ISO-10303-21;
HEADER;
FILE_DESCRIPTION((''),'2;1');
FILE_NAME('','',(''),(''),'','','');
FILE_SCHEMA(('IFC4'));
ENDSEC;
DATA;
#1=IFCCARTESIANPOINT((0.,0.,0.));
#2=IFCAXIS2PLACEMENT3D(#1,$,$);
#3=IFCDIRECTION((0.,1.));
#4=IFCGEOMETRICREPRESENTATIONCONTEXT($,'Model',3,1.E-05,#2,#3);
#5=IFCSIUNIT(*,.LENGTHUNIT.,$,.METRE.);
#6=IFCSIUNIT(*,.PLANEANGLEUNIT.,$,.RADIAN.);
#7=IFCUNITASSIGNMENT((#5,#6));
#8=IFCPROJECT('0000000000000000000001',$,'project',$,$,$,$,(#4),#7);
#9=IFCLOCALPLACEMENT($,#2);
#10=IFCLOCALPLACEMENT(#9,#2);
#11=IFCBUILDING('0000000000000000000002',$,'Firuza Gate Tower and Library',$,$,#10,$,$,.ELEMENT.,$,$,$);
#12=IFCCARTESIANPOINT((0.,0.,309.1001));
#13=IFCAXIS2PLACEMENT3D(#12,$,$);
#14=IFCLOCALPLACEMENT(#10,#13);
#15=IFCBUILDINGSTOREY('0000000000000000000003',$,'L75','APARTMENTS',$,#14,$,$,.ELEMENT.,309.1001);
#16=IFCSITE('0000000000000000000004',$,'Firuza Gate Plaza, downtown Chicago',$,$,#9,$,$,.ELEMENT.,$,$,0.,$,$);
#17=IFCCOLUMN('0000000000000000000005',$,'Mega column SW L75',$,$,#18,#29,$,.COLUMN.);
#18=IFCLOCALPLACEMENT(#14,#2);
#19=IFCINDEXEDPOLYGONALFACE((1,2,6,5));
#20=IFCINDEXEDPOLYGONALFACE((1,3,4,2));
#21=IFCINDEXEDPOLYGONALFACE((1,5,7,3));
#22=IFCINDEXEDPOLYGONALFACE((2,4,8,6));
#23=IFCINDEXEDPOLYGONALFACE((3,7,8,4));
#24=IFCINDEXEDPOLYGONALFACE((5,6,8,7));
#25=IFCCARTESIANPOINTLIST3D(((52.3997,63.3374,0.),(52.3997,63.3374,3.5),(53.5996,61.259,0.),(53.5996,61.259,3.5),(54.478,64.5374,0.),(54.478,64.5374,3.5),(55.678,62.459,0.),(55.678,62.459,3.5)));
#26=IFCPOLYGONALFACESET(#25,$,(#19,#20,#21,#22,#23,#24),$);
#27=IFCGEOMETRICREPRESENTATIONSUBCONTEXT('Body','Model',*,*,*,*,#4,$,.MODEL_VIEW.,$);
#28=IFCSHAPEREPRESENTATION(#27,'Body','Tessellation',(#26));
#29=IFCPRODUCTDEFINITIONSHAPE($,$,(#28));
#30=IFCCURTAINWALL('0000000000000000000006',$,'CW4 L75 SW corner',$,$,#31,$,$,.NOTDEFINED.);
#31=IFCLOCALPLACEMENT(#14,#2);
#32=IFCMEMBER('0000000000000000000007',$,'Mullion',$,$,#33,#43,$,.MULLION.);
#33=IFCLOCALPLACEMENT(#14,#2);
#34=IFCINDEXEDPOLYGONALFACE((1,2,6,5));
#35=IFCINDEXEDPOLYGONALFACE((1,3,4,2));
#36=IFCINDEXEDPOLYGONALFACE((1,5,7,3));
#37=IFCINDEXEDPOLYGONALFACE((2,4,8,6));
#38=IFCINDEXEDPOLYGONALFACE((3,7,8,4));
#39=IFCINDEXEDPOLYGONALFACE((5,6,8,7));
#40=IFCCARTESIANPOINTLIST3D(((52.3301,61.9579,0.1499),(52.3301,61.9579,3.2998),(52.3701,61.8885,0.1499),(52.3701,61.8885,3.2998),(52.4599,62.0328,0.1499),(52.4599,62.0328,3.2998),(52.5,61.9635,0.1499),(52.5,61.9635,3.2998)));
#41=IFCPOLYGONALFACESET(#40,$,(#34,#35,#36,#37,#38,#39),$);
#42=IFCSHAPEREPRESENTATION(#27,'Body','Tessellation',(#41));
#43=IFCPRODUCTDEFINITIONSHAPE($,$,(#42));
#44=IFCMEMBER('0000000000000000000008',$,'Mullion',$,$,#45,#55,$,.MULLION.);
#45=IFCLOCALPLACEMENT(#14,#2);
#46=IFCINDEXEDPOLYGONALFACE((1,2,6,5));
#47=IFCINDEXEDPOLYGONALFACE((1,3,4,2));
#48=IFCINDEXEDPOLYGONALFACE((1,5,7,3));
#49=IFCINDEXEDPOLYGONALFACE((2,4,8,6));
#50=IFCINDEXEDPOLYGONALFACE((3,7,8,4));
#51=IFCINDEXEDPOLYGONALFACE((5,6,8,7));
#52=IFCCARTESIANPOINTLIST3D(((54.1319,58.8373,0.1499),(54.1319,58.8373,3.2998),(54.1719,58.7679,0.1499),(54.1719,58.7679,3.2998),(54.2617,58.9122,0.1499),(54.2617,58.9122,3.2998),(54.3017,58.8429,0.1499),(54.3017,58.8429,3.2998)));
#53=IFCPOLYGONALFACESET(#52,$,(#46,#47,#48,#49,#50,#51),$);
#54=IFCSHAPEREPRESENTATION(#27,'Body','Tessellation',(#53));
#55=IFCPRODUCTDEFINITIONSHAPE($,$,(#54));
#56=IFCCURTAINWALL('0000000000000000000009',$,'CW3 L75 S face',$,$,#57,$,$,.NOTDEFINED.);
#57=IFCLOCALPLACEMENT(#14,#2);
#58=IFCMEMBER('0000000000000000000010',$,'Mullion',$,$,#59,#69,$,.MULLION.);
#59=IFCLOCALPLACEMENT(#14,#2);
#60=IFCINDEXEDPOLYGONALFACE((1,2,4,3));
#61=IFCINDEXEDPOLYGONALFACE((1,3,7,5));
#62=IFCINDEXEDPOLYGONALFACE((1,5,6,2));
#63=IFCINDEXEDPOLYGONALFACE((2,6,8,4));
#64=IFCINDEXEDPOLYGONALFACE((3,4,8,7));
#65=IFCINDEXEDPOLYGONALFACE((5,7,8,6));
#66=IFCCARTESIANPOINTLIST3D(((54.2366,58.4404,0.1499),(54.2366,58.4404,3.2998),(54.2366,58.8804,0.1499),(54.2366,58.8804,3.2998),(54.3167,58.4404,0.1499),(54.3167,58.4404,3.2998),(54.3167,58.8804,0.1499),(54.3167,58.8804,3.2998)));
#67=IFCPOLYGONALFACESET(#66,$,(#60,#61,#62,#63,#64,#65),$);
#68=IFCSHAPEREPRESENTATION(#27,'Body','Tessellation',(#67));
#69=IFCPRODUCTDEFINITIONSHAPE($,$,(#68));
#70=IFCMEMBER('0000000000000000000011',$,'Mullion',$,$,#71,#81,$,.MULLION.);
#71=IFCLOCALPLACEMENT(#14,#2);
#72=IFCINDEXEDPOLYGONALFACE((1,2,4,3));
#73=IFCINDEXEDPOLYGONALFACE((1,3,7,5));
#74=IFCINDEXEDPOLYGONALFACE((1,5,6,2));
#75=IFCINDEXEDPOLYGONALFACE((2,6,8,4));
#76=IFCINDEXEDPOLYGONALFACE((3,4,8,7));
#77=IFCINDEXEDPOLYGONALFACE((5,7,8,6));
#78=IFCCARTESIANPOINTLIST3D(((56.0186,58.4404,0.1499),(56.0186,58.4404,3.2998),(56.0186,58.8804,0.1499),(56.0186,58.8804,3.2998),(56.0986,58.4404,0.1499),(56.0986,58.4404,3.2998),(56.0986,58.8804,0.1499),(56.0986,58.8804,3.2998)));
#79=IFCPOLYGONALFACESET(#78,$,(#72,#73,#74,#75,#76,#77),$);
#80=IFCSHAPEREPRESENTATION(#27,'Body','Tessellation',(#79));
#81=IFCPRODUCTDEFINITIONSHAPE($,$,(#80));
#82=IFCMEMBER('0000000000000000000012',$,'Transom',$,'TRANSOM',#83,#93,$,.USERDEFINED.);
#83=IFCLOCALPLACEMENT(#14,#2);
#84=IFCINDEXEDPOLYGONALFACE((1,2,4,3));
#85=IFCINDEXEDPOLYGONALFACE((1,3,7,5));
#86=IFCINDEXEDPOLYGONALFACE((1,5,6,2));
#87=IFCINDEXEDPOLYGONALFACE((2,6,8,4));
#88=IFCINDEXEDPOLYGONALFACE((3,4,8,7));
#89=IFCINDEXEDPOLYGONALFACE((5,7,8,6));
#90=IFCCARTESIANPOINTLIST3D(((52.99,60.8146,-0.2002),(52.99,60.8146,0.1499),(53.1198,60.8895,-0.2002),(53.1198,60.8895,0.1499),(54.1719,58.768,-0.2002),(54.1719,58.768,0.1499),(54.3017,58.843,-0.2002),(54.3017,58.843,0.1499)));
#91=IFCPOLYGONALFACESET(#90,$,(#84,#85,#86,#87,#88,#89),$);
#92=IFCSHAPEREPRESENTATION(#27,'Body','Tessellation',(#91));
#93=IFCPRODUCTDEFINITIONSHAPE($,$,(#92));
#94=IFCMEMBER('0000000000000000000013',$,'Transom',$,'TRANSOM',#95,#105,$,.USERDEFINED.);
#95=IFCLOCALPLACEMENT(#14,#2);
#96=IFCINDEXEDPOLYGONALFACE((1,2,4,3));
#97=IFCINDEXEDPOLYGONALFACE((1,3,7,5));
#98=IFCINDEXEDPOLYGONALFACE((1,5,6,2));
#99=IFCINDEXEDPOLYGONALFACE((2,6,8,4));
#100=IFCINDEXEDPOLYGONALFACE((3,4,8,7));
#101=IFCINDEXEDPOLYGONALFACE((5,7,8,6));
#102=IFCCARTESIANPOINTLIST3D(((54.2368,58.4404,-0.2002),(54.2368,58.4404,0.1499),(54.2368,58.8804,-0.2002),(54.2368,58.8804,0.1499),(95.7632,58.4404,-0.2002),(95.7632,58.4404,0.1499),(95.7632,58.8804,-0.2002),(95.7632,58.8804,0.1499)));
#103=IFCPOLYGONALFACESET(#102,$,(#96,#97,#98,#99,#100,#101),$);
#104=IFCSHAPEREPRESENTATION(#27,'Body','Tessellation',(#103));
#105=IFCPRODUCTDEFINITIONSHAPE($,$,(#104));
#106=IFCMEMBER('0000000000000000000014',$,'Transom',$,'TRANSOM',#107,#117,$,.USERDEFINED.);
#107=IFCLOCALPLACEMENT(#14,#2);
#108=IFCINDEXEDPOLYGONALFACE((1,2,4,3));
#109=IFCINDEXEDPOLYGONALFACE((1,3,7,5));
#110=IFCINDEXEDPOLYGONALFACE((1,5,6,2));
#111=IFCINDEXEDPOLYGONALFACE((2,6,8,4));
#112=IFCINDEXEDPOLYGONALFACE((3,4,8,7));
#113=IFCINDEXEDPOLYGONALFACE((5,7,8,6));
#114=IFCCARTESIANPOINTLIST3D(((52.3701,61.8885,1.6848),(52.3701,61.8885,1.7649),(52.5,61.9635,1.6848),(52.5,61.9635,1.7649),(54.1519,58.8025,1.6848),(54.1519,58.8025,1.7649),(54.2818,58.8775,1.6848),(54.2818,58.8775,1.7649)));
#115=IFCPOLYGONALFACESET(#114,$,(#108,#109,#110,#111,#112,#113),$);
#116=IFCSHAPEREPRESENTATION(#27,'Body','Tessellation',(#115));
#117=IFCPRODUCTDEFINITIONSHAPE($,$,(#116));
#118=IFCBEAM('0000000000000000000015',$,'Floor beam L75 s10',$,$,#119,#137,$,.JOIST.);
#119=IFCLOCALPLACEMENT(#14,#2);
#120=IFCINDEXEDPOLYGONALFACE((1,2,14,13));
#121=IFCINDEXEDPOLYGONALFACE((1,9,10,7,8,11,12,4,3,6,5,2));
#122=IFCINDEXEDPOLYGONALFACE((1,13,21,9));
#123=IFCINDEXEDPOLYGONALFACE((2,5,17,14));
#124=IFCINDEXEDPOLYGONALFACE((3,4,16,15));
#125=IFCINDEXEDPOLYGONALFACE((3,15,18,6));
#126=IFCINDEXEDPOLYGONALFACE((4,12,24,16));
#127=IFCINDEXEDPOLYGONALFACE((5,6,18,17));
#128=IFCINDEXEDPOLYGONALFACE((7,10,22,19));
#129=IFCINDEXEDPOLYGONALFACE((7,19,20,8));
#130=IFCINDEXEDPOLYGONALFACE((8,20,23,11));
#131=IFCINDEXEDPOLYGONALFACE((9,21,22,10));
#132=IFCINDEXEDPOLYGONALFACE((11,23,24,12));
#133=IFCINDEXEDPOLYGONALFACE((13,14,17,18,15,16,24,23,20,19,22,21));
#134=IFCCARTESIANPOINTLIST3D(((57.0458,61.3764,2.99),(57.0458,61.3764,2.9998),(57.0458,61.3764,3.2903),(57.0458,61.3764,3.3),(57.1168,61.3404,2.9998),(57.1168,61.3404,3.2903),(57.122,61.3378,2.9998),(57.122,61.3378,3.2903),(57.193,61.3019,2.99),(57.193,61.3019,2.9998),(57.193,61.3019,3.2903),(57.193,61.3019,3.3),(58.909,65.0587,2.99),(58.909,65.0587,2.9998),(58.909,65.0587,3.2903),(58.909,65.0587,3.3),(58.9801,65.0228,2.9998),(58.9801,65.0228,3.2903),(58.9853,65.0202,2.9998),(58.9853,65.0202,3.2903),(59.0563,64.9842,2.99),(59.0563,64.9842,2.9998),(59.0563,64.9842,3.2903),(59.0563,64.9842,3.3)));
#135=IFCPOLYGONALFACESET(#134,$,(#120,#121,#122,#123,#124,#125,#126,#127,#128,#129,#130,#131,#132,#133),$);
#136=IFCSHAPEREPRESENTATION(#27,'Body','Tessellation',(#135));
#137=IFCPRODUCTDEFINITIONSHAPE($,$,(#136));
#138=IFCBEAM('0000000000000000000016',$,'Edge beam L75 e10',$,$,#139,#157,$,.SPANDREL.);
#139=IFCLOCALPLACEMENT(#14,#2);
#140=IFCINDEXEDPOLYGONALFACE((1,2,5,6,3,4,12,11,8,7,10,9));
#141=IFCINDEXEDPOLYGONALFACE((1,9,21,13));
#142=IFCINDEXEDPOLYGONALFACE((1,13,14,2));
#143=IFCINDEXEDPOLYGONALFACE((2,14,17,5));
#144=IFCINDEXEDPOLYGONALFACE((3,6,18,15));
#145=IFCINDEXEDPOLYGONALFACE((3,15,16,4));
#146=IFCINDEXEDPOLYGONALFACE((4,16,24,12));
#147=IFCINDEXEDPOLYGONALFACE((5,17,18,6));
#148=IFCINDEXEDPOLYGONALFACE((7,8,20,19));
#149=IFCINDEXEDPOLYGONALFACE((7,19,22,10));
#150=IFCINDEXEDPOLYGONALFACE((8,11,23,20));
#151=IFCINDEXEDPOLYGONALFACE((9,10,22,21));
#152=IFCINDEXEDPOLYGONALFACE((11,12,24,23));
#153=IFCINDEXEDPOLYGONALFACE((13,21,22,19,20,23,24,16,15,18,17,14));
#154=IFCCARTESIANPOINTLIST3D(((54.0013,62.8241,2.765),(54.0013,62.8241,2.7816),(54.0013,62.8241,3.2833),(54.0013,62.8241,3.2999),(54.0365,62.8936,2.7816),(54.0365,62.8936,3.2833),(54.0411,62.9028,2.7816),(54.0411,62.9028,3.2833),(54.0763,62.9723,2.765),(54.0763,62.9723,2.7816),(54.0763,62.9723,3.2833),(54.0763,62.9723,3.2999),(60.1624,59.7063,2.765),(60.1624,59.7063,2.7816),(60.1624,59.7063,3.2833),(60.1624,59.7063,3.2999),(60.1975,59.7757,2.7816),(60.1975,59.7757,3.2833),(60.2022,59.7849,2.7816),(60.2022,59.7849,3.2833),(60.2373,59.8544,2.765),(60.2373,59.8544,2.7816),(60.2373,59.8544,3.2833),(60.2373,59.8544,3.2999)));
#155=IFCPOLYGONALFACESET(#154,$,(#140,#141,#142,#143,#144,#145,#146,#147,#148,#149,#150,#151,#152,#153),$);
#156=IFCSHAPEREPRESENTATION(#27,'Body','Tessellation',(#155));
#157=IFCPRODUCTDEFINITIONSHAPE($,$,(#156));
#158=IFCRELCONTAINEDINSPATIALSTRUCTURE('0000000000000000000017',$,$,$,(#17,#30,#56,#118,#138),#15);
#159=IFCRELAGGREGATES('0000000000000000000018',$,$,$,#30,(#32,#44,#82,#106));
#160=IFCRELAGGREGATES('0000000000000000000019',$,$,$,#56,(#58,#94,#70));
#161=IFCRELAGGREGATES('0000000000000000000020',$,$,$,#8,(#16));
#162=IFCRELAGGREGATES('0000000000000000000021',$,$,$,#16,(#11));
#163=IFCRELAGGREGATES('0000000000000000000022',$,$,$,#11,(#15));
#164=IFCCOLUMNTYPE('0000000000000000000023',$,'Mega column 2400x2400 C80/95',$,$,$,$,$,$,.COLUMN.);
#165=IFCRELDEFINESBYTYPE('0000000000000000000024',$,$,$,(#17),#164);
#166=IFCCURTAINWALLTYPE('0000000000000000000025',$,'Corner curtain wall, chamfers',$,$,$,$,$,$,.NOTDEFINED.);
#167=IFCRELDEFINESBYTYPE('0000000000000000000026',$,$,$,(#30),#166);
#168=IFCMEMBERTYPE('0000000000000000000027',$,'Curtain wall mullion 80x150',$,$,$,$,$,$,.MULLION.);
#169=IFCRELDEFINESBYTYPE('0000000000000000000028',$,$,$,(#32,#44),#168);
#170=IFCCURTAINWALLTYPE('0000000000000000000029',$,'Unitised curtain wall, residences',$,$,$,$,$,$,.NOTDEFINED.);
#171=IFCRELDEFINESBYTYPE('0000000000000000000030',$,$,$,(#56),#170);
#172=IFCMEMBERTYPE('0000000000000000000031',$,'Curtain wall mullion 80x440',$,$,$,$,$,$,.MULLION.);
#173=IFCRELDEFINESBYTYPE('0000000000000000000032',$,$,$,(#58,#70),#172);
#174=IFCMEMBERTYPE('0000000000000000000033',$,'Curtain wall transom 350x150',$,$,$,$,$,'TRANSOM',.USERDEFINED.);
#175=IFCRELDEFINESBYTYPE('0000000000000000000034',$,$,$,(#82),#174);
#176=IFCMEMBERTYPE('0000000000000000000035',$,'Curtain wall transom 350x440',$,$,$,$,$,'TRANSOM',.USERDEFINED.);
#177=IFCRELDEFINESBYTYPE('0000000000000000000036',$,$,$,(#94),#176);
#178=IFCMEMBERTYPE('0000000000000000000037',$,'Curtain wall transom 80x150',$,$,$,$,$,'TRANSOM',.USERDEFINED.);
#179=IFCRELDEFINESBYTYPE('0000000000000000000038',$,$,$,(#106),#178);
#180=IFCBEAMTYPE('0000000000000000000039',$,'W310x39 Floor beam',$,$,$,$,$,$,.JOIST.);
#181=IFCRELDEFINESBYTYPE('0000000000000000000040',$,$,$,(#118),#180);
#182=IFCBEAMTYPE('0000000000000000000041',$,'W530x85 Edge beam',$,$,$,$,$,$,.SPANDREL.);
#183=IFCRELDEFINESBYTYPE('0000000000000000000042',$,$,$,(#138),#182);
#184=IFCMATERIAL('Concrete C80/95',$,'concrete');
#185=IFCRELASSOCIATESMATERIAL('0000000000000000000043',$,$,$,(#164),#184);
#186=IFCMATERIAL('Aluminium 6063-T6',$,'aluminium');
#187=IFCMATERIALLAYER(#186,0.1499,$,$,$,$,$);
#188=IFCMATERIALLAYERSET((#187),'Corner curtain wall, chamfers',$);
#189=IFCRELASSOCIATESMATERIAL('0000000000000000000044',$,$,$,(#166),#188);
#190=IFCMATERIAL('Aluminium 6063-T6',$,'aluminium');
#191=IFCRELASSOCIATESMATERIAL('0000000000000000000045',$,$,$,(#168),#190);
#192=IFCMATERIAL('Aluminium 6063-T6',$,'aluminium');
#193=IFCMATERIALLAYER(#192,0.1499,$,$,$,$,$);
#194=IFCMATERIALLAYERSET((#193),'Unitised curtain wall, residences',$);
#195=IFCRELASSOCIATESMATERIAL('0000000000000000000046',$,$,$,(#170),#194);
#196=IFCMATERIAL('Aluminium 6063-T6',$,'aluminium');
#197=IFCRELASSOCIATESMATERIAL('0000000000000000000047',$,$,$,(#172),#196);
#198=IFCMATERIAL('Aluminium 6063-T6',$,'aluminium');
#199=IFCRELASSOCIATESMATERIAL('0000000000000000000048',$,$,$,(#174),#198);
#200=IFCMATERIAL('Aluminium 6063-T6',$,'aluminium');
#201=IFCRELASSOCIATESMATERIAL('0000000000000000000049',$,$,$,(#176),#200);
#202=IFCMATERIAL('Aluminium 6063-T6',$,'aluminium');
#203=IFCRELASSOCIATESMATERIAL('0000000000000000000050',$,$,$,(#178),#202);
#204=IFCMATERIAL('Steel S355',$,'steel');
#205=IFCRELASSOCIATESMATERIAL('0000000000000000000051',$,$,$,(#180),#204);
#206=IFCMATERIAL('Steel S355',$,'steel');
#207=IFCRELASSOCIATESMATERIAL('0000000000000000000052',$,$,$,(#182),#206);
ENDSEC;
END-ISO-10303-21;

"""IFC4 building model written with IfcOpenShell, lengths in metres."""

from ifc_helpers import new_model, si_unit, direction, frame, origin, origin_2d, place, context, subcontext, project, spatial, rectangle, i_section, extrude, material, layer, layer_set, material_profile, profile_set, type_object, element, aggregate, save


model = new_model("IFC4")

# Units and contexts
model_context = context("Model", 3, precision=1e-05, world=origin(), true_north=direction((0.0, 1.0)))
body_context = subcontext(model_context, "Body", "Model", "MODEL_VIEW")
ifc_project = project(units=[si_unit("LENGTHUNIT", "METRE"), si_unit("PLANEANGLEUNIT", "RADIAN")], contexts=[model_context])

# Site, building, storey
site_placement = place(None, origin())
site = spatial("IfcSite", under=ifc_project, at=site_placement, Name="Firuza Gate Plaza, downtown Chicago", CompositionType="ELEMENT", RefElevation=0.0)
building_placement = place(site_placement, origin())
building = spatial("IfcBuilding", under=site, at=building_placement, Name="Firuza Gate Tower and Library", CompositionType="ELEMENT")
storey_placement = place(building_placement, frame((0.0, 0.0, 309.1001)))
storey = spatial("IfcBuildingStorey", under=building, at=storey_placement, Name="L75", Description="APARTMENTS", CompositionType="ELEMENT", Elevation=309.1001)

# Column
ifc_material_1 = material(Name="Concrete C80/95", Category="concrete")
ifc_material_profile_1 = material_profile(ifc_material_1, rectangle(XDim=2.3999, YDim=2.3999, at=origin_2d()))
ifc_profile_set_1 = profile_set([ifc_material_profile_1], Name="Concrete C80/95")
column_type = type_object("IfcColumnType", Name="Mega column 2400x2400 C80/95", PredefinedType="COLUMN", material=ifc_profile_set_1)
column_placement = place(storey_placement, frame((54.0388, 62.8982, 0.0), z_axis=(0.0, 0.0, 1.0), x_axis=(0.5, -0.866025, 0.0)))
element("IfcColumn", 1, at=column_placement, inside=storey, type_object=column_type, Name="Mega column SW L75", PredefinedType="COLUMN", context=body_context, shape_type="SweptSolid", body=[
    extrude(rectangle(XDim=2.3999, YDim=2.3999, at=origin_2d()), origin(), (0.0, 0.0, 1.0), 3.5),
])

# Curtain walls, members
ifc_material_2 = material(Name="Aluminium 6063-T6", Category="aluminium")
ifc_layer_1 = layer(ifc_material_2, 0.1499)
ifc_layer_set_1 = layer_set([ifc_layer_1], Name="Corner curtain wall, chamfers")
curtain_wall_type_1 = type_object("IfcCurtainWallType", Name="Corner curtain wall, chamfers", PredefinedType="NOTDEFINED", material=ifc_layer_set_1)
placement_1 = place(storey_placement, origin())
curtain_wall_1 = element("IfcCurtainWall", 2, at=placement_1, inside=storey, type_object=curtain_wall_type_1, Name="CW4 L75 SW corner", PredefinedType="NOTDEFINED")
ifc_material_3 = material(Name="Aluminium 6063-T6", Category="aluminium")
ifc_material_profile_2 = material_profile(ifc_material_3, rectangle(XDim=0.1499, YDim=0.0801, at=origin_2d()))
ifc_profile_set_2 = profile_set([ifc_material_profile_2], Name="Aluminium 6063-T6")
member_type_1 = type_object("IfcMemberType", Name="Curtain wall mullion 80x150", PredefinedType="MULLION", material=ifc_profile_set_2)
member_1_placement = place(storey_placement, frame((52.415, 61.9607, 0.1499), z_axis=(0.0, 0.0, 1.0), x_axis=(0.866025, 0.5, 0.0)))
member_1 = element("IfcMember", 3, at=member_1_placement, type_object=member_type_1, Name="Mullion", PredefinedType="MULLION", context=body_context, shape_type="SweptSolid", body=[
    extrude(rectangle(XDim=0.1499, YDim=0.0801, at=origin_2d()), origin(), (0.0, 0.0, 1.0), 3.1499),
])
member_2_placement = place(storey_placement, frame((54.2168, 58.8401, 0.1499), z_axis=(0.0, 0.0, 1.0), x_axis=(0.866025, 0.5, 0.0)))
member_2 = element("IfcMember", 4, at=member_2_placement, type_object=member_type_1, Name="Mullion", PredefinedType="MULLION", context=body_context, shape_type="SweptSolid", body=[
    extrude(rectangle(XDim=0.1499, YDim=0.0801, at=origin_2d()), origin(), (0.0, 0.0, 1.0), 3.1499),
])
ifc_material_4 = material(Name="Aluminium 6063-T6", Category="aluminium")
ifc_layer_2 = layer(ifc_material_4, 0.1499)
ifc_layer_set_2 = layer_set([ifc_layer_2], Name="Unitised curtain wall, residences")
curtain_wall_type_2 = type_object("IfcCurtainWallType", Name="Unitised curtain wall, residences", PredefinedType="NOTDEFINED", material=ifc_layer_set_2)
curtain_wall_2 = element("IfcCurtainWall", 5, at=placement_1, inside=storey, type_object=curtain_wall_type_2, Name="CW3 L75 S face", PredefinedType="NOTDEFINED")
ifc_material_5 = material(Name="Aluminium 6063-T6", Category="aluminium")
ifc_material_profile_3 = material_profile(ifc_material_5, rectangle(XDim=0.4399, YDim=0.0801, at=origin_2d()))
ifc_profile_set_3 = profile_set([ifc_material_profile_3], Name="Aluminium 6063-T6")
member_type_2 = type_object("IfcMemberType", Name="Curtain wall mullion 80x440", PredefinedType="MULLION", material=ifc_profile_set_3)
member_3_placement = place(storey_placement, frame((54.2766, 58.6604, 0.1499), z_axis=(0.0, 0.0, 1.0), x_axis=(0.0, 1.0, 0.0)))
member_3 = element("IfcMember", 6, at=member_3_placement, type_object=member_type_2, Name="Mullion", PredefinedType="MULLION", context=body_context, shape_type="SweptSolid", body=[
    extrude(rectangle(XDim=0.4399, YDim=0.0801, at=origin_2d()), origin(), (0.0, 0.0, 1.0), 3.1499),
])
member_4_placement = place(storey_placement, frame((56.0586, 58.6604, 0.1499), z_axis=(0.0, 0.0, 1.0), x_axis=(0.0, 1.0, 0.0)))
member_4 = element("IfcMember", 7, at=member_4_placement, type_object=member_type_2, Name="Mullion", PredefinedType="MULLION", context=body_context, shape_type="SweptSolid", body=[
    extrude(rectangle(XDim=0.4399, YDim=0.0801, at=origin_2d()), origin(), (0.0, 0.0, 1.0), 3.1499),
])

# Members
ifc_material_6 = material(Name="Aluminium 6063-T6", Category="aluminium")
ifc_material_profile_4 = material_profile(ifc_material_6, rectangle(XDim=0.1499, YDim=0.3501, at=origin_2d()))
ifc_profile_set_4 = profile_set([ifc_material_profile_4], Name="Aluminium 6063-T6")
member_type_3 = type_object("IfcMemberType", Name="Curtain wall transom 350x150", ElementType="TRANSOM", PredefinedType="USERDEFINED", material=ifc_profile_set_4)
member_5_placement = place(storey_placement, frame((53.0549, 60.8521, -0.0251), z_axis=(0.500083, -0.865977, 0.0), x_axis=(0.865977, 0.500083, 0.0)))
member_5 = element("IfcMember", 8, at=member_5_placement, type_object=member_type_3, Name="Transom", ObjectType="TRANSOM", PredefinedType="USERDEFINED", context=body_context, shape_type="SweptSolid", body=[
    extrude(rectangle(XDim=0.1499, YDim=0.3501, at=origin_2d()), origin(), (0.0, 0.0, 1.0), 2.3633),
])
ifc_material_7 = material(Name="Aluminium 6063-T6", Category="aluminium")
ifc_material_profile_5 = material_profile(ifc_material_7, rectangle(XDim=0.4399, YDim=0.3501, at=origin_2d()))
ifc_profile_set_5 = profile_set([ifc_material_profile_5], Name="Aluminium 6063-T6")
member_type_4 = type_object("IfcMemberType", Name="Curtain wall transom 350x440", ElementType="TRANSOM", PredefinedType="USERDEFINED", material=ifc_profile_set_5)
member_6_placement = place(storey_placement, frame((54.2368, 58.6604, -0.0251), z_axis=(1.0, 0.0, 0.0), x_axis=(0.0, 1.0, 0.0)))
member_6 = element("IfcMember", 9, at=member_6_placement, type_object=member_type_4, Name="Transom", ObjectType="TRANSOM", PredefinedType="USERDEFINED", context=body_context, shape_type="SweptSolid", body=[
    extrude(rectangle(XDim=0.4399, YDim=0.3501, at=origin_2d()), origin(), (0.0, 0.0, 1.0), 41.5264),
])
ifc_material_8 = material(Name="Aluminium 6063-T6", Category="aluminium")
ifc_material_profile_6 = material_profile(ifc_material_8, rectangle(XDim=0.1499, YDim=0.0801, at=origin_2d()))
ifc_profile_set_6 = profile_set([ifc_material_profile_6], Name="Aluminium 6063-T6")
member_type_5 = type_object("IfcMemberType", Name="Curtain wall transom 80x150", ElementType="TRANSOM", PredefinedType="USERDEFINED", material=ifc_profile_set_6)
member_7_placement = place(storey_placement, frame((52.4351, 61.926, 1.7249), z_axis=(0.500015, -0.866017, 0.0), x_axis=(0.866017, 0.500015, 0.0)))
member_7 = element("IfcMember", 10, at=member_7_placement, type_object=member_type_5, Name="Transom", ObjectType="TRANSOM", PredefinedType="USERDEFINED", context=body_context, shape_type="SweptSolid", body=[
    extrude(rectangle(XDim=0.1499, YDim=0.0801, at=origin_2d()), origin(), (0.0, 0.0, 1.0), 3.5635),
])

# Beams
ifc_material_9 = material(Name="Steel S355", Category="steel")
ifc_material_profile_7 = material_profile(ifc_material_9, i_section(OverallWidth=0.165, OverallDepth=0.3101, WebThickness=0.0059, FlangeThickness=0.0098, at=origin_2d()))
ifc_profile_set_7 = profile_set([ifc_material_profile_7], Name="Steel S355")
beam_type_1 = type_object("IfcBeamType", Name="W310x39 Floor beam", PredefinedType="JOIST", material=ifc_profile_set_7)
beam_1_placement = place(storey_placement, frame((57.1194, 61.3391, 3.145), z_axis=(0.451491, 0.892275, 0.0), x_axis=(-0.892275, 0.451491, 0.0)))
element("IfcBeam", 11, at=beam_1_placement, inside=storey, type_object=beam_type_1, Name="Floor beam L75 s10", PredefinedType="JOIST", context=body_context, shape_type="SweptSolid", body=[
    extrude(i_section(OverallWidth=0.165, OverallDepth=0.3101, WebThickness=0.0059, FlangeThickness=0.0098, at=origin_2d()), origin(), (0.0, 0.0, 1.0), 4.127),
])
ifc_material_10 = material(Name="Steel S355", Category="steel")
ifc_material_profile_8 = material_profile(ifc_material_10, i_section(OverallWidth=0.166, OverallDepth=0.5349, WebThickness=0.0103, FlangeThickness=0.0166, at=origin_2d()))
ifc_profile_set_8 = profile_set([ifc_material_profile_8], Name="Steel S355")
beam_type_2 = type_object("IfcBeamType", Name="W530x85 Edge beam", PredefinedType="SPANDREL", material=ifc_profile_set_8)
beam_2_placement = place(storey_placement, frame((54.0388, 62.8982, 3.0325), z_axis=(0.892253, -0.451536, 0.0), x_axis=(0.451536, 0.892253, 0.0)))
element("IfcBeam", 12, at=beam_2_placement, inside=storey, type_object=beam_type_2, Name="Edge beam L75 e10", PredefinedType="SPANDREL", context=body_context, shape_type="SweptSolid", body=[
    extrude(i_section(OverallWidth=0.166, OverallDepth=0.5349, WebThickness=0.0103, FlangeThickness=0.0166, at=origin_2d()), origin(), (0.0, 0.0, 1.0), 6.905),
])

aggregate(curtain_wall_1, [member_1, member_2, member_5, member_7])
aggregate(curtain_wall_2, [member_3, member_6, member_4])

save(model, "model.ifc")
